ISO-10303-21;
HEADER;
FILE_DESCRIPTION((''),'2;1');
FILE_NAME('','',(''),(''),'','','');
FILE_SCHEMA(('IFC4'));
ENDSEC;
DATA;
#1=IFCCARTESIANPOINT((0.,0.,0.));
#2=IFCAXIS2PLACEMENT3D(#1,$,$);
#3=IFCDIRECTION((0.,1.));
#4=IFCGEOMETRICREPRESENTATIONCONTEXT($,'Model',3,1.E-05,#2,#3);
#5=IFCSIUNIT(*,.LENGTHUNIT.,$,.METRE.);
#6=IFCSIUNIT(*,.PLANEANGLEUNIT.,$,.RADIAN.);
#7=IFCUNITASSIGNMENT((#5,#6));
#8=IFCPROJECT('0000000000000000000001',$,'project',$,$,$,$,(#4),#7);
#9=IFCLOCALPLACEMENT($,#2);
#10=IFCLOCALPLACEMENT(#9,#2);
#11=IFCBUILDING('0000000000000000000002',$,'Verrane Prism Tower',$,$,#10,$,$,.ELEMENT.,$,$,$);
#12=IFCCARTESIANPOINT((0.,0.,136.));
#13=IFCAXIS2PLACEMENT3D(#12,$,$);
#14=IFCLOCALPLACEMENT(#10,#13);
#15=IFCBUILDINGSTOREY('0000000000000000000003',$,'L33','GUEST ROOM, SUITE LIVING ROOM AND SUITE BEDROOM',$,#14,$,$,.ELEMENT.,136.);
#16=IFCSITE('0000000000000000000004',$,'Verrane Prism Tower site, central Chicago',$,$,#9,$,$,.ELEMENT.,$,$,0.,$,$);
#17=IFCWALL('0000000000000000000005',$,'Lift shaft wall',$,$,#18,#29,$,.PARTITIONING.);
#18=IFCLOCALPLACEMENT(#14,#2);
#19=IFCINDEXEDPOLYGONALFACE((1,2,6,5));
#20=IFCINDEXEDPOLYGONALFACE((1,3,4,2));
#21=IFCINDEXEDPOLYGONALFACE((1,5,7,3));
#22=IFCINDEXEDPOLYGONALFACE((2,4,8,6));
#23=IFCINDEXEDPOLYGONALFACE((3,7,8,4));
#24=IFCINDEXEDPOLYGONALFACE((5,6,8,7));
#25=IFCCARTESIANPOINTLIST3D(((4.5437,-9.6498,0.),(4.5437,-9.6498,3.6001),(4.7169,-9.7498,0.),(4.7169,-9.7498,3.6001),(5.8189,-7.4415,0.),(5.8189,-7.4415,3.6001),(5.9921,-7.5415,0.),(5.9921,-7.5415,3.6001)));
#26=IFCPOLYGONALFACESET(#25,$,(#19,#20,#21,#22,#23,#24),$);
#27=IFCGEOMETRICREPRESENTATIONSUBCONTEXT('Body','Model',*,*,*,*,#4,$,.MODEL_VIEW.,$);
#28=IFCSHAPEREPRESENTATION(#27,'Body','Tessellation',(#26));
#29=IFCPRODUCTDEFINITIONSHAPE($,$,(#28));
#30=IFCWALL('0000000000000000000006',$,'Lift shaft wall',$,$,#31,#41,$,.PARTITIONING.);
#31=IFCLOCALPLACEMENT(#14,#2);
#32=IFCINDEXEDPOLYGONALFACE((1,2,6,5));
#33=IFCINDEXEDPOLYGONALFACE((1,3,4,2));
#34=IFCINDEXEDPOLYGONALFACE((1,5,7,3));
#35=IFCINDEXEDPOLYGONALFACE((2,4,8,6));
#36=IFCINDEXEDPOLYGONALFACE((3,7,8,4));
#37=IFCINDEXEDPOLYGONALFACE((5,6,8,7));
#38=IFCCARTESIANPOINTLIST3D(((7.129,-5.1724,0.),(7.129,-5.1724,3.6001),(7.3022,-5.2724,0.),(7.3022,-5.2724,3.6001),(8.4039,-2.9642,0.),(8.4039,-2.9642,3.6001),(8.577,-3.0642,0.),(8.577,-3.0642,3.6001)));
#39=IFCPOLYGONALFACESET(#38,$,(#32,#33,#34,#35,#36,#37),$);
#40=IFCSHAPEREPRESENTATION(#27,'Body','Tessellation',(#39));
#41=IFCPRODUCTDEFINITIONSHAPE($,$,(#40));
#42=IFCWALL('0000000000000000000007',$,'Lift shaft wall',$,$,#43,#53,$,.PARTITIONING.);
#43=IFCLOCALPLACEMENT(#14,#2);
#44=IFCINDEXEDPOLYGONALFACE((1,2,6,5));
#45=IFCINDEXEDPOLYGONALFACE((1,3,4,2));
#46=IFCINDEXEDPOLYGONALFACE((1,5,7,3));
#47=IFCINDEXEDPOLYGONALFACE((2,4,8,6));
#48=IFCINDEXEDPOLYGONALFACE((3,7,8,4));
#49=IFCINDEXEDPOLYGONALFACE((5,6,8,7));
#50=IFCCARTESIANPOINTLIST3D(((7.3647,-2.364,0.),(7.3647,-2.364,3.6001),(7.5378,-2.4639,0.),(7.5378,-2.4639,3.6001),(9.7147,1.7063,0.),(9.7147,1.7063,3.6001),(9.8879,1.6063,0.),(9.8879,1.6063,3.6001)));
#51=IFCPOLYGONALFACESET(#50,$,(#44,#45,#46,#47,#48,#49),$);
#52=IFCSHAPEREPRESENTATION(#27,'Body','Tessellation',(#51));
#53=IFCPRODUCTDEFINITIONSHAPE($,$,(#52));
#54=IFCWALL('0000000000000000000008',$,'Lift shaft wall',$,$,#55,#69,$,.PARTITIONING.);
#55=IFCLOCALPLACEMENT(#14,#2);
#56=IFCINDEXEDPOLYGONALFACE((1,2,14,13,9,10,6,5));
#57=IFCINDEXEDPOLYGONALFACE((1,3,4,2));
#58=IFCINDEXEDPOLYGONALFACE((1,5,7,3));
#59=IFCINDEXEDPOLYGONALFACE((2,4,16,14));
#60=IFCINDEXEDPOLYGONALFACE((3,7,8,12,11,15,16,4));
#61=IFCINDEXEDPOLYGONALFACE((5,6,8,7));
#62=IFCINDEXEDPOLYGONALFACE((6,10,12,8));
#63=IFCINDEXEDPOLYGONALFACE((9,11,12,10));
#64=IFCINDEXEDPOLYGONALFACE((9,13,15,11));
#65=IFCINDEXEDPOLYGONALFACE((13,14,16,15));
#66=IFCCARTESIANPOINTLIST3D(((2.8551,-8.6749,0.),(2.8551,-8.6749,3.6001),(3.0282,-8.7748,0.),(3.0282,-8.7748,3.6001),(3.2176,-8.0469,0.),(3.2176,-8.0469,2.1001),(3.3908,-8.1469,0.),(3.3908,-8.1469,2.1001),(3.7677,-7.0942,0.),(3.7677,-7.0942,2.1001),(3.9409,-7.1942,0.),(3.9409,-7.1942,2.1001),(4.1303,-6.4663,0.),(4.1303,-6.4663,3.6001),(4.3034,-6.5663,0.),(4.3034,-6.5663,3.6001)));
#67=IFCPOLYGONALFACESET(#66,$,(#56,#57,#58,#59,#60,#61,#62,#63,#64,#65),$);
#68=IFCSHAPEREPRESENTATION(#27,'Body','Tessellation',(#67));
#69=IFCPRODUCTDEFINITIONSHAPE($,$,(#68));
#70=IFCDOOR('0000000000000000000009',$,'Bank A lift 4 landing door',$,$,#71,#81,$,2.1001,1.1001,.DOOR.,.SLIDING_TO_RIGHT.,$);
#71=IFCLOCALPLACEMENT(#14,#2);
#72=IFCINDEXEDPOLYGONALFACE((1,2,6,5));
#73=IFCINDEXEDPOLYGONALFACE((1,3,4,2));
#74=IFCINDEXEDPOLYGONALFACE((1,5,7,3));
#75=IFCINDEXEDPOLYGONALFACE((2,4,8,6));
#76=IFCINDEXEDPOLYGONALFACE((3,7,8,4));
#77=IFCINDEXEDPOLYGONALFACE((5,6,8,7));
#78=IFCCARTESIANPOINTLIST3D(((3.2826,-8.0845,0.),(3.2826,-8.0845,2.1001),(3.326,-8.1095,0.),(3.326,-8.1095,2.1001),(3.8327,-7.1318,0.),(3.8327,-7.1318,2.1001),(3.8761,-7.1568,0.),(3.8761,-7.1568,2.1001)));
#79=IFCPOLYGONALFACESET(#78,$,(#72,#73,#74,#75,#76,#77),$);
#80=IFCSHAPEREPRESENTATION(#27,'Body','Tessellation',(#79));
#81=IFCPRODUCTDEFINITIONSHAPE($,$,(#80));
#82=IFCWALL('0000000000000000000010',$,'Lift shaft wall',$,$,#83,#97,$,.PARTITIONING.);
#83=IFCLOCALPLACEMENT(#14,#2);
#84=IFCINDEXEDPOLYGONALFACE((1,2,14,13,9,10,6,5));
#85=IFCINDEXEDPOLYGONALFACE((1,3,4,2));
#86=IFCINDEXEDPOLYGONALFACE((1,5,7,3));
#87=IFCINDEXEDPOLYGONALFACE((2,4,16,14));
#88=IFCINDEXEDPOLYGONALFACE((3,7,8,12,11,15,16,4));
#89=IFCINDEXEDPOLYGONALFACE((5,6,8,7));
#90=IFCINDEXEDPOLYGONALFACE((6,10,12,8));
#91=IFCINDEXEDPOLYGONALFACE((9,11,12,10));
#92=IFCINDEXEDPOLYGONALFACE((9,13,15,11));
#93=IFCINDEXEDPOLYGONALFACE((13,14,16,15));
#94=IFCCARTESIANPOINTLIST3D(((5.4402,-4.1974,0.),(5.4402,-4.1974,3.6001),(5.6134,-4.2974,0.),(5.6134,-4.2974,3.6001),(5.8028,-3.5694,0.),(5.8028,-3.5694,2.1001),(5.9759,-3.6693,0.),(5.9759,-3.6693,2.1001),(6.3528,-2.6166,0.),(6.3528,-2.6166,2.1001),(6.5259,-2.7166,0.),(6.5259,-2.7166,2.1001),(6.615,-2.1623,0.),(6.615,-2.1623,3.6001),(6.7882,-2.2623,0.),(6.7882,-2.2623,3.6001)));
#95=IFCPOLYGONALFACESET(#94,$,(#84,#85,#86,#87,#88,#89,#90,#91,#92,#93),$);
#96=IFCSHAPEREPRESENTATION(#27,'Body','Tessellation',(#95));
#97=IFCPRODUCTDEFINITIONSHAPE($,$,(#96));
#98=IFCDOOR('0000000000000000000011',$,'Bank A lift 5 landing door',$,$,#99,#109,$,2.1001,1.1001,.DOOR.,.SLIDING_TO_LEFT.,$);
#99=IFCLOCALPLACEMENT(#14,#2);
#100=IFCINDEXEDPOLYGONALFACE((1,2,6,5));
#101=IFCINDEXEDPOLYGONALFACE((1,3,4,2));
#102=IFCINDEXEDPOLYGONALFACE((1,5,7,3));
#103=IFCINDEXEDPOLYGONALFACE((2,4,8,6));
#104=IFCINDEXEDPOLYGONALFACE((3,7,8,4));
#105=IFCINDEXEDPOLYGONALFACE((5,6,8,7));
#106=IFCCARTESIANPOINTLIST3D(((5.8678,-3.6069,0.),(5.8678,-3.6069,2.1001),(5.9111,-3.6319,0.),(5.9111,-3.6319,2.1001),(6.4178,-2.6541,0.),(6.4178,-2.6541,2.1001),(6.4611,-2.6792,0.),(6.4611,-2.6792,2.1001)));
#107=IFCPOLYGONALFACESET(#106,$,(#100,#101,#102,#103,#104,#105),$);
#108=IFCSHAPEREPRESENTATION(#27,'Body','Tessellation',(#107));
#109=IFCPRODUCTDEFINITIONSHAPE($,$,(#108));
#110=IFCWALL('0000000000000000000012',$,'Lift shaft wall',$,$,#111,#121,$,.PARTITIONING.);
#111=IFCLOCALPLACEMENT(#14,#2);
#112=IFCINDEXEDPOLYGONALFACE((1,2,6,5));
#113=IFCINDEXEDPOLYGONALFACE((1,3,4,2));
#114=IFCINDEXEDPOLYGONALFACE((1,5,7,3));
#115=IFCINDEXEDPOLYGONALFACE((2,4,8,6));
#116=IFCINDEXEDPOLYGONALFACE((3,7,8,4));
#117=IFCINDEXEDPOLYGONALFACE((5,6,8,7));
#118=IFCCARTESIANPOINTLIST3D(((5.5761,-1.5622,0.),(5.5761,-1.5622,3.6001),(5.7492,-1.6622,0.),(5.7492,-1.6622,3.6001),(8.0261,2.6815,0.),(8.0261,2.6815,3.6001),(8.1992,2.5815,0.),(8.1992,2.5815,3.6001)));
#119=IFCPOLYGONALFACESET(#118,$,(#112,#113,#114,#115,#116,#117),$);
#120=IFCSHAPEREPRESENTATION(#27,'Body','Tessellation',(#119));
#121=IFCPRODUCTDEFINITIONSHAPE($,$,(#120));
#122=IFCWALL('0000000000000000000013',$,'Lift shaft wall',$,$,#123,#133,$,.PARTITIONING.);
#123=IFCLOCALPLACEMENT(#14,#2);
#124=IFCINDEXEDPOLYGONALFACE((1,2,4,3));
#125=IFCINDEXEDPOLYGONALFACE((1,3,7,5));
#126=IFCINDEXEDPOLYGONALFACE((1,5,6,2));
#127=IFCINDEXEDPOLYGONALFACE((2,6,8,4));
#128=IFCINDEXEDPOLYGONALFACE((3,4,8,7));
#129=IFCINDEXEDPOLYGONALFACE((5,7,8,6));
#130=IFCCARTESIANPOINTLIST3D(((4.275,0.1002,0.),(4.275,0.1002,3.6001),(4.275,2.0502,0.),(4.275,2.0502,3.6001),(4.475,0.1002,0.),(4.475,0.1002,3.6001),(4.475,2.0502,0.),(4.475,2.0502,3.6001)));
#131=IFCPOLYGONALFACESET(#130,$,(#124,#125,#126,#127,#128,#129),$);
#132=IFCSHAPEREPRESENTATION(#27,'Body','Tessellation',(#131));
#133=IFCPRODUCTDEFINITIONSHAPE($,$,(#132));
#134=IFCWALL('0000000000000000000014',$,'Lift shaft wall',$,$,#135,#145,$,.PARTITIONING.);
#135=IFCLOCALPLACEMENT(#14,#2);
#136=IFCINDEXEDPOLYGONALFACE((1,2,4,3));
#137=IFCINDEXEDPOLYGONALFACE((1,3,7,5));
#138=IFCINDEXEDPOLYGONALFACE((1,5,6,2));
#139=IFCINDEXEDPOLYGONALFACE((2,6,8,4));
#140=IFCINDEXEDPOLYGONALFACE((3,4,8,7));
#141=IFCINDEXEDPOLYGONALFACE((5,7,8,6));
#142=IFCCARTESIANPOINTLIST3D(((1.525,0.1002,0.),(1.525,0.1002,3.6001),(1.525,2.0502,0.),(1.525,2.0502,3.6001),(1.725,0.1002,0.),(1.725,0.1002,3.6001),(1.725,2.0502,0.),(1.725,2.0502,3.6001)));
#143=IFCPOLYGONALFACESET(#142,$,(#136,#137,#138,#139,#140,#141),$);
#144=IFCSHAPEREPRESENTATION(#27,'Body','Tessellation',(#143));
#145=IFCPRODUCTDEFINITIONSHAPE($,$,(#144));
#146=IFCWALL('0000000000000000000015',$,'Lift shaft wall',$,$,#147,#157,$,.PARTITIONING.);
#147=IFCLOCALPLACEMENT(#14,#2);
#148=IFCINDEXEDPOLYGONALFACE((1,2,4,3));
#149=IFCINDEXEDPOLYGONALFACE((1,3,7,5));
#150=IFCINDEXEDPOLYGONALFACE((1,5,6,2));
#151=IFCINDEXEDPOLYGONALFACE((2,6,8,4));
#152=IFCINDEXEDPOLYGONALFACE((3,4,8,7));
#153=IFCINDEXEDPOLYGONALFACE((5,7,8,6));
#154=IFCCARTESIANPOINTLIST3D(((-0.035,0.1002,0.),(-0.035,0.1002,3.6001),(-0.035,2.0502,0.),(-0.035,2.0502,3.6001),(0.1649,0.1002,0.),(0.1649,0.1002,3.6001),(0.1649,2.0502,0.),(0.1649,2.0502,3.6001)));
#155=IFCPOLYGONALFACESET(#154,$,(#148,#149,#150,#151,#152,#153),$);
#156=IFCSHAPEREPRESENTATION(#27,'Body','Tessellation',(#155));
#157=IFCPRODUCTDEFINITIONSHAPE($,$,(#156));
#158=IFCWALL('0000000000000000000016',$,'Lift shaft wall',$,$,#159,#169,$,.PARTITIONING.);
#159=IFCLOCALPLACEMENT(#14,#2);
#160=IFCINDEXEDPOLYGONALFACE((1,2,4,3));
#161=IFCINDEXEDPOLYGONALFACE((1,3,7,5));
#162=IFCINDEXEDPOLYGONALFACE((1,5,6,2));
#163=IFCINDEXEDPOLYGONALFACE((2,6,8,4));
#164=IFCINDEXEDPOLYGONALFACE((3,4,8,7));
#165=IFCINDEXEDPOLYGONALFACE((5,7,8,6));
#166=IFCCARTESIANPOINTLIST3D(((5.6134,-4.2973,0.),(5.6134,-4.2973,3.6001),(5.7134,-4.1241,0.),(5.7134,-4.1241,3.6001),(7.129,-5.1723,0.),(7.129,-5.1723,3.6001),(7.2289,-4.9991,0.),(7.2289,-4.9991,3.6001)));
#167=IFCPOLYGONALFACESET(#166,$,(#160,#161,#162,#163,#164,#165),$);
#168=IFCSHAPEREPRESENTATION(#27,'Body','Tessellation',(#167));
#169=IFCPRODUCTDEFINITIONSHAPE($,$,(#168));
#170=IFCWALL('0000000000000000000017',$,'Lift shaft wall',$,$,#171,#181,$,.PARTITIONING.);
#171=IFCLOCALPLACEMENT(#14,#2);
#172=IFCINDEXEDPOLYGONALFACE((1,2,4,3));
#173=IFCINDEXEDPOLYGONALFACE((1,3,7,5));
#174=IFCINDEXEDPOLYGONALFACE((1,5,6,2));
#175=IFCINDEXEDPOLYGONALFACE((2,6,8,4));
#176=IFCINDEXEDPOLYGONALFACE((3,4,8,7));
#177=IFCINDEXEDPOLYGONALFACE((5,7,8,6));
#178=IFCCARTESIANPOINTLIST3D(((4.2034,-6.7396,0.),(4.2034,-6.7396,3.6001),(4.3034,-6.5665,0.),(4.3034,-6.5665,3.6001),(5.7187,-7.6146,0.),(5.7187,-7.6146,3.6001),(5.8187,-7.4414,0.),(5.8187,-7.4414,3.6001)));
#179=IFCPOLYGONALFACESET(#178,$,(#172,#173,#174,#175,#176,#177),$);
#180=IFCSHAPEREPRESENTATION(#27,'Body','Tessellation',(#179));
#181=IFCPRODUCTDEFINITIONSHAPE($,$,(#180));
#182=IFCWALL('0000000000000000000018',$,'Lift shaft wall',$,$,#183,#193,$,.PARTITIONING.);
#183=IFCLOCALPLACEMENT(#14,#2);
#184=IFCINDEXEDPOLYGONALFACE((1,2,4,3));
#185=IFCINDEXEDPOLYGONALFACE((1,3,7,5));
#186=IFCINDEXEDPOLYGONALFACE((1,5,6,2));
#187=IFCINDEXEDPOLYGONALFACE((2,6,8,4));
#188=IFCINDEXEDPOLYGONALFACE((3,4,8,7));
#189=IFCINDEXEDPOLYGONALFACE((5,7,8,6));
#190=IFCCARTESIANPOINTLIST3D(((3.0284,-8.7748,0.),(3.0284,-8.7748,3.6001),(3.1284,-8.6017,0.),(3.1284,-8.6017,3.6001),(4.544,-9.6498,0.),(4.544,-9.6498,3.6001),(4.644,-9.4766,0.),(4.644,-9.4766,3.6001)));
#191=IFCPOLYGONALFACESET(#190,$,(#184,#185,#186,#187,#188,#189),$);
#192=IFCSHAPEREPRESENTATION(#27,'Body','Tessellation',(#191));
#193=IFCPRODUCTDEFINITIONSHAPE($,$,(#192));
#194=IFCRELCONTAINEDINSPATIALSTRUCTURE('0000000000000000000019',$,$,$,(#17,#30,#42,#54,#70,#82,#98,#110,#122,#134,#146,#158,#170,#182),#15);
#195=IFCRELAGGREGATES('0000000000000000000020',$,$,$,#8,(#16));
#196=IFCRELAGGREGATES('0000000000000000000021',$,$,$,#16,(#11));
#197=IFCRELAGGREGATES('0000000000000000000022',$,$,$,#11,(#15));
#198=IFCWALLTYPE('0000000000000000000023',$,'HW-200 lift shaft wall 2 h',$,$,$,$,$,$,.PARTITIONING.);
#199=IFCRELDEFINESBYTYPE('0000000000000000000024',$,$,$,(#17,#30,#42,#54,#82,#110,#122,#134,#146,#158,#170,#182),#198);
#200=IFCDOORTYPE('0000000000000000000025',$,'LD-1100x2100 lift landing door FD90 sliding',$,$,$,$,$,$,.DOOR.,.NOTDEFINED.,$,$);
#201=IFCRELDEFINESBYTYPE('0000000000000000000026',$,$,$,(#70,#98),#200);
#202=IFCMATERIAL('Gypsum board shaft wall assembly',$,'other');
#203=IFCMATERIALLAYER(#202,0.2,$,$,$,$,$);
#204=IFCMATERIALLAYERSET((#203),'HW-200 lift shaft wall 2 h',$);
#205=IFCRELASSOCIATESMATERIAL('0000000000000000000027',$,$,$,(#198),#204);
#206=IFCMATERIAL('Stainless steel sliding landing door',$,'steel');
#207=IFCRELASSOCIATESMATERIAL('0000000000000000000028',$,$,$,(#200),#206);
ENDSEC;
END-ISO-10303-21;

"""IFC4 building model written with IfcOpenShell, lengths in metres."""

from ifc_helpers import new_model, si_unit, direction, frame, frame_2d, origin, place, context, subcontext, project, spatial, rectangle, extrude, material, layer, layer_set, type_object, element, fill, save


model = new_model("IFC4")

# Units and contexts
model_context = context("Model", 3, precision=1e-05, world=origin(), true_north=direction((0.0, 1.0)))
body_context = subcontext(model_context, "Body", "Model", "MODEL_VIEW")
ifc_project = project(units=[si_unit("LENGTHUNIT", "METRE"), si_unit("PLANEANGLEUNIT", "RADIAN")], contexts=[model_context])

# Site, building, storey
site_placement = place(None, origin())
site = spatial("IfcSite", under=ifc_project, at=site_placement, Name="Verrane Prism Tower site, central Chicago", CompositionType="ELEMENT", RefElevation=0.0)
building_placement = place(site_placement, origin())
building = spatial("IfcBuilding", under=site, at=building_placement, Name="Verrane Prism Tower", CompositionType="ELEMENT")
storey_placement = place(building_placement, frame((0.0, 0.0, 136.0)))
storey = spatial("IfcBuildingStorey", under=building, at=storey_placement, Name="L33", Description="GUEST ROOM, SUITE LIVING ROOM AND SUITE BEDROOM", CompositionType="ELEMENT", Elevation=136.0)

# Walls
ifc_material_1 = material(Name="Gypsum board shaft wall assembly", Category="other")
ifc_layer_1 = layer(ifc_material_1, 0.2)
ifc_layer_set_1 = layer_set([ifc_layer_1], Name="HW-200 lift shaft wall 2 h")
wall_type_1 = type_object("IfcWallType", Name="HW-200 lift shaft wall 2 h", PredefinedType="PARTITIONING", material=ifc_layer_set_1)
wall_1_placement = place(storey_placement, frame((4.6304, -9.6997, 0.0), z_axis=(0.0, 0.0, 1.0), x_axis=(0.500062, 0.865989, 0.0)))
element("IfcWall", 1, at=wall_1_placement, inside=storey, type_object=wall_type_1, Name="Lift shaft wall", PredefinedType="PARTITIONING", context=body_context, shape_type="SweptSolid", body=[
    extrude(rectangle(XDim=2.55, YDim=0.2, at=frame_2d((1.2749, 0.0))), origin(), (0.0, 0.0, 1.0), 3.6001),
])
wall_2_placement = place(storey_placement, frame((7.2156, -5.2224, 0.0), z_axis=(0.0, 0.0, 1.0), x_axis=(0.49999, 0.866031, 0.0)))
element("IfcWall", 2, at=wall_2_placement, inside=storey, type_object=wall_type_1, Name="Lift shaft wall", PredefinedType="PARTITIONING", context=body_context, shape_type="SweptSolid", body=[
    extrude(rectangle(XDim=2.5498, YDim=0.2, at=frame_2d((1.2749, 0.0))), origin(), (0.0, 0.0, 1.0), 3.6001),
])
wall_3_placement = place(storey_placement, frame((7.4512, -2.4141, 0.0), z_axis=(0.0, 0.0, 1.0), x_axis=(0.500016, 0.866016, 0.0)))
element("IfcWall", 3, at=wall_3_placement, inside=storey, type_object=wall_type_1, Name="Lift shaft wall", PredefinedType="PARTITIONING", context=body_context, shape_type="SweptSolid", body=[
    extrude(rectangle(XDim=4.7, YDim=0.2, at=frame_2d((2.3501, 0.0))), origin(), (0.0, 0.0, 1.0), 3.6001),
])

# Walls, openings, doors
wall_4_placement = place(storey_placement, frame((2.9417, -8.7249, 0.0), z_axis=(0.0, 0.0, 1.0), x_axis=(0.500021, 0.866013, 0.0)))
wall_4 = element("IfcWall", 4, at=wall_4_placement, inside=storey, type_object=wall_type_1, Name="Lift shaft wall", PredefinedType="PARTITIONING", context=body_context, shape_type="SweptSolid", body=[
    extrude(rectangle(XDim=2.5503, YDim=0.2, at=frame_2d((1.2751, 0.0))), origin(), (0.0, 0.0, 1.0), 3.6001),
])
opening_1_placement = place(wall_4_placement, frame((0.7251, 0.0, 0.0)))
opening_1 = element("IfcOpeningElement", 5, at=opening_1_placement, cuts=wall_4, PredefinedType="OPENING", context=body_context, shape_type="SweptSolid", body=[
    extrude(rectangle(XDim=1.1001, YDim=2.1001, at=frame_2d((0.55, 1.05))), frame((0.0, 0.1099, 0.0), z_axis=(0.0, -1.0, 0.0), x_axis=(1.0, 0.0, 0.0)), (0.0, 0.0, 1.0), 0.22),
])
ifc_material_2 = material(Name="Stainless steel sliding landing door", Category="steel")
door_type_1 = type_object("IfcDoorType", Name="LD-1100x2100 lift landing door FD90 sliding", OperationType="NOTDEFINED", PredefinedType="DOOR", material=ifc_material_2)
door_1_placement = place(opening_1_placement, origin())
door_1 = element("IfcDoor", 6, at=door_1_placement, inside=storey, type_object=door_type_1, Name="Bank A lift 4 landing door", OperationType="SLIDING_TO_RIGHT", OverallHeight=2.1001, OverallWidth=1.1001, PredefinedType="DOOR", context=body_context, shape_type="SweptSolid", body=[
    extrude(rectangle(XDim=1.1001, YDim=2.1001, at=frame_2d((0.55, 1.05))), frame((0.0, 0.0249, 0.0), z_axis=(0.0, -1.0, 0.0), x_axis=(1.0, 0.0, 0.0)), (0.0, 0.0, 1.0), 0.05),
])
fill(opening_1, door_1)
wall_5_placement = place(storey_placement, frame((5.5269, -4.2473, 0.0), z_axis=(0.0, 0.0, 1.0), x_axis=(0.499938, 0.866061, 0.0)))
wall_5 = element("IfcWall", 7, at=wall_5_placement, inside=storey, type_object=wall_type_1, Name="Lift shaft wall", PredefinedType="PARTITIONING", context=body_context, shape_type="SweptSolid", body=[
    extrude(rectangle(XDim=2.3499, YDim=0.2, at=frame_2d((1.1748, 0.0))), origin(), (0.0, 0.0, 1.0), 3.6001),
])
opening_2_placement = place(wall_5_placement, frame((0.7251, 0.0, 0.0)))
opening_2 = element("IfcOpeningElement", 8, at=opening_2_placement, cuts=wall_5, PredefinedType="OPENING", context=body_context, shape_type="SweptSolid", body=[
    extrude(rectangle(XDim=1.1001, YDim=2.1001, at=frame_2d((0.55, 1.05))), frame((0.0, 0.1099, 0.0), z_axis=(0.0, -1.0, 0.0), x_axis=(1.0, 0.0, 0.0)), (0.0, 0.0, 1.0), 0.22),
])
door_2_placement = place(opening_2_placement, origin())
door_2 = element("IfcDoor", 9, at=door_2_placement, inside=storey, type_object=door_type_1, Name="Bank A lift 5 landing door", OperationType="SLIDING_TO_LEFT", OverallHeight=2.1001, OverallWidth=1.1001, PredefinedType="DOOR", context=body_context, shape_type="SweptSolid", body=[
    extrude(rectangle(XDim=1.1001, YDim=2.1001, at=frame_2d((0.55, 1.05))), frame((0.0, 0.0249, 0.0), z_axis=(0.0, -1.0, 0.0), x_axis=(1.0, 0.0, 0.0)), (0.0, 0.0, 1.0), 0.05),
])
fill(opening_2, door_2)

# Walls
wall_6_placement = place(storey_placement, frame((5.6626, -1.6123, 0.0), z_axis=(0.0, 0.0, 1.0), x_axis=(0.499981, 0.866036, 0.0)))
element("IfcWall", 10, at=wall_6_placement, inside=storey, type_object=wall_type_1, Name="Lift shaft wall", PredefinedType="PARTITIONING", context=body_context, shape_type="SweptSolid", body=[
    extrude(rectangle(XDim=4.9001, YDim=0.2, at=frame_2d((2.4502, 0.0))), origin(), (0.0, 0.0, 1.0), 3.6001),
])
for number, where, z_axis, x_axis, name in (
    (11, (4.375, 0.1001, 0.0), (0.0, 0.0, 1.0), (0.0, 1.0, 0.0), "Lift shaft wall"),
    (12, (1.625, 0.1001, 0.0), (0.0, 0.0, 1.0), (0.0, 1.0, 0.0), "Lift shaft wall"),
    (13, (0.0649, 0.1001, 0.0), (0.0, 0.0, 1.0), (0.0, 1.0, 0.0), "Lift shaft wall"),
):
    element("IfcWall", number, at=place(storey_placement, frame(where, z_axis=z_axis, x_axis=x_axis)), inside=storey, type_object=wall_type_1, Name=name, PredefinedType="PARTITIONING", context=body_context, shape_type="SweptSolid", body=[
        extrude(rectangle(XDim=1.95, YDim=0.2, at=frame_2d((0.9751, 0.0))), origin(), (0.0, 0.0, 1.0), 3.6001),
    ])
wall_7_placement = place(storey_placement, frame((7.179, -5.0857, 0.0), z_axis=(0.0, 0.0, 1.0), x_axis=(-0.866037, 0.49998, 0.0)))
element("IfcWall", 14, at=wall_7_placement, inside=storey, type_object=wall_type_1, Name="Lift shaft wall", PredefinedType="PARTITIONING", context=body_context, shape_type="SweptSolid", body=[
    extrude(rectangle(XDim=1.75, YDim=0.2, at=frame_2d((0.875, 0.0))), origin(), (0.0, 0.0, 1.0), 3.6001),
])
wall_8_placement = place(storey_placement, frame((5.7688, -7.5281, 0.0), z_axis=(0.0, 0.0, 1.0), x_axis=(-0.866002, 0.50004, 0.0)))
element("IfcWall", 15, at=wall_8_placement, inside=storey, type_object=wall_type_1, Name="Lift shaft wall", PredefinedType="PARTITIONING", context=body_context, shape_type="SweptSolid", body=[
    extrude(rectangle(XDim=1.7498, YDim=0.2, at=frame_2d((0.875, 0.0))), origin(), (0.0, 0.0, 1.0), 3.6001),
])
wall_9_placement = place(storey_placement, frame((4.594, -9.5632, 0.0), z_axis=(0.0, 0.0, 1.0), x_axis=(-0.866037, 0.49998, 0.0)))
element("IfcWall", 16, at=wall_9_placement, inside=storey, type_object=wall_type_1, Name="Lift shaft wall", PredefinedType="PARTITIONING", context=body_context, shape_type="SweptSolid", body=[
    extrude(rectangle(XDim=1.75, YDim=0.2, at=frame_2d((0.875, 0.0))), origin(), (0.0, 0.0, 1.0), 3.6001),
])

save(model, "model.ifc")
